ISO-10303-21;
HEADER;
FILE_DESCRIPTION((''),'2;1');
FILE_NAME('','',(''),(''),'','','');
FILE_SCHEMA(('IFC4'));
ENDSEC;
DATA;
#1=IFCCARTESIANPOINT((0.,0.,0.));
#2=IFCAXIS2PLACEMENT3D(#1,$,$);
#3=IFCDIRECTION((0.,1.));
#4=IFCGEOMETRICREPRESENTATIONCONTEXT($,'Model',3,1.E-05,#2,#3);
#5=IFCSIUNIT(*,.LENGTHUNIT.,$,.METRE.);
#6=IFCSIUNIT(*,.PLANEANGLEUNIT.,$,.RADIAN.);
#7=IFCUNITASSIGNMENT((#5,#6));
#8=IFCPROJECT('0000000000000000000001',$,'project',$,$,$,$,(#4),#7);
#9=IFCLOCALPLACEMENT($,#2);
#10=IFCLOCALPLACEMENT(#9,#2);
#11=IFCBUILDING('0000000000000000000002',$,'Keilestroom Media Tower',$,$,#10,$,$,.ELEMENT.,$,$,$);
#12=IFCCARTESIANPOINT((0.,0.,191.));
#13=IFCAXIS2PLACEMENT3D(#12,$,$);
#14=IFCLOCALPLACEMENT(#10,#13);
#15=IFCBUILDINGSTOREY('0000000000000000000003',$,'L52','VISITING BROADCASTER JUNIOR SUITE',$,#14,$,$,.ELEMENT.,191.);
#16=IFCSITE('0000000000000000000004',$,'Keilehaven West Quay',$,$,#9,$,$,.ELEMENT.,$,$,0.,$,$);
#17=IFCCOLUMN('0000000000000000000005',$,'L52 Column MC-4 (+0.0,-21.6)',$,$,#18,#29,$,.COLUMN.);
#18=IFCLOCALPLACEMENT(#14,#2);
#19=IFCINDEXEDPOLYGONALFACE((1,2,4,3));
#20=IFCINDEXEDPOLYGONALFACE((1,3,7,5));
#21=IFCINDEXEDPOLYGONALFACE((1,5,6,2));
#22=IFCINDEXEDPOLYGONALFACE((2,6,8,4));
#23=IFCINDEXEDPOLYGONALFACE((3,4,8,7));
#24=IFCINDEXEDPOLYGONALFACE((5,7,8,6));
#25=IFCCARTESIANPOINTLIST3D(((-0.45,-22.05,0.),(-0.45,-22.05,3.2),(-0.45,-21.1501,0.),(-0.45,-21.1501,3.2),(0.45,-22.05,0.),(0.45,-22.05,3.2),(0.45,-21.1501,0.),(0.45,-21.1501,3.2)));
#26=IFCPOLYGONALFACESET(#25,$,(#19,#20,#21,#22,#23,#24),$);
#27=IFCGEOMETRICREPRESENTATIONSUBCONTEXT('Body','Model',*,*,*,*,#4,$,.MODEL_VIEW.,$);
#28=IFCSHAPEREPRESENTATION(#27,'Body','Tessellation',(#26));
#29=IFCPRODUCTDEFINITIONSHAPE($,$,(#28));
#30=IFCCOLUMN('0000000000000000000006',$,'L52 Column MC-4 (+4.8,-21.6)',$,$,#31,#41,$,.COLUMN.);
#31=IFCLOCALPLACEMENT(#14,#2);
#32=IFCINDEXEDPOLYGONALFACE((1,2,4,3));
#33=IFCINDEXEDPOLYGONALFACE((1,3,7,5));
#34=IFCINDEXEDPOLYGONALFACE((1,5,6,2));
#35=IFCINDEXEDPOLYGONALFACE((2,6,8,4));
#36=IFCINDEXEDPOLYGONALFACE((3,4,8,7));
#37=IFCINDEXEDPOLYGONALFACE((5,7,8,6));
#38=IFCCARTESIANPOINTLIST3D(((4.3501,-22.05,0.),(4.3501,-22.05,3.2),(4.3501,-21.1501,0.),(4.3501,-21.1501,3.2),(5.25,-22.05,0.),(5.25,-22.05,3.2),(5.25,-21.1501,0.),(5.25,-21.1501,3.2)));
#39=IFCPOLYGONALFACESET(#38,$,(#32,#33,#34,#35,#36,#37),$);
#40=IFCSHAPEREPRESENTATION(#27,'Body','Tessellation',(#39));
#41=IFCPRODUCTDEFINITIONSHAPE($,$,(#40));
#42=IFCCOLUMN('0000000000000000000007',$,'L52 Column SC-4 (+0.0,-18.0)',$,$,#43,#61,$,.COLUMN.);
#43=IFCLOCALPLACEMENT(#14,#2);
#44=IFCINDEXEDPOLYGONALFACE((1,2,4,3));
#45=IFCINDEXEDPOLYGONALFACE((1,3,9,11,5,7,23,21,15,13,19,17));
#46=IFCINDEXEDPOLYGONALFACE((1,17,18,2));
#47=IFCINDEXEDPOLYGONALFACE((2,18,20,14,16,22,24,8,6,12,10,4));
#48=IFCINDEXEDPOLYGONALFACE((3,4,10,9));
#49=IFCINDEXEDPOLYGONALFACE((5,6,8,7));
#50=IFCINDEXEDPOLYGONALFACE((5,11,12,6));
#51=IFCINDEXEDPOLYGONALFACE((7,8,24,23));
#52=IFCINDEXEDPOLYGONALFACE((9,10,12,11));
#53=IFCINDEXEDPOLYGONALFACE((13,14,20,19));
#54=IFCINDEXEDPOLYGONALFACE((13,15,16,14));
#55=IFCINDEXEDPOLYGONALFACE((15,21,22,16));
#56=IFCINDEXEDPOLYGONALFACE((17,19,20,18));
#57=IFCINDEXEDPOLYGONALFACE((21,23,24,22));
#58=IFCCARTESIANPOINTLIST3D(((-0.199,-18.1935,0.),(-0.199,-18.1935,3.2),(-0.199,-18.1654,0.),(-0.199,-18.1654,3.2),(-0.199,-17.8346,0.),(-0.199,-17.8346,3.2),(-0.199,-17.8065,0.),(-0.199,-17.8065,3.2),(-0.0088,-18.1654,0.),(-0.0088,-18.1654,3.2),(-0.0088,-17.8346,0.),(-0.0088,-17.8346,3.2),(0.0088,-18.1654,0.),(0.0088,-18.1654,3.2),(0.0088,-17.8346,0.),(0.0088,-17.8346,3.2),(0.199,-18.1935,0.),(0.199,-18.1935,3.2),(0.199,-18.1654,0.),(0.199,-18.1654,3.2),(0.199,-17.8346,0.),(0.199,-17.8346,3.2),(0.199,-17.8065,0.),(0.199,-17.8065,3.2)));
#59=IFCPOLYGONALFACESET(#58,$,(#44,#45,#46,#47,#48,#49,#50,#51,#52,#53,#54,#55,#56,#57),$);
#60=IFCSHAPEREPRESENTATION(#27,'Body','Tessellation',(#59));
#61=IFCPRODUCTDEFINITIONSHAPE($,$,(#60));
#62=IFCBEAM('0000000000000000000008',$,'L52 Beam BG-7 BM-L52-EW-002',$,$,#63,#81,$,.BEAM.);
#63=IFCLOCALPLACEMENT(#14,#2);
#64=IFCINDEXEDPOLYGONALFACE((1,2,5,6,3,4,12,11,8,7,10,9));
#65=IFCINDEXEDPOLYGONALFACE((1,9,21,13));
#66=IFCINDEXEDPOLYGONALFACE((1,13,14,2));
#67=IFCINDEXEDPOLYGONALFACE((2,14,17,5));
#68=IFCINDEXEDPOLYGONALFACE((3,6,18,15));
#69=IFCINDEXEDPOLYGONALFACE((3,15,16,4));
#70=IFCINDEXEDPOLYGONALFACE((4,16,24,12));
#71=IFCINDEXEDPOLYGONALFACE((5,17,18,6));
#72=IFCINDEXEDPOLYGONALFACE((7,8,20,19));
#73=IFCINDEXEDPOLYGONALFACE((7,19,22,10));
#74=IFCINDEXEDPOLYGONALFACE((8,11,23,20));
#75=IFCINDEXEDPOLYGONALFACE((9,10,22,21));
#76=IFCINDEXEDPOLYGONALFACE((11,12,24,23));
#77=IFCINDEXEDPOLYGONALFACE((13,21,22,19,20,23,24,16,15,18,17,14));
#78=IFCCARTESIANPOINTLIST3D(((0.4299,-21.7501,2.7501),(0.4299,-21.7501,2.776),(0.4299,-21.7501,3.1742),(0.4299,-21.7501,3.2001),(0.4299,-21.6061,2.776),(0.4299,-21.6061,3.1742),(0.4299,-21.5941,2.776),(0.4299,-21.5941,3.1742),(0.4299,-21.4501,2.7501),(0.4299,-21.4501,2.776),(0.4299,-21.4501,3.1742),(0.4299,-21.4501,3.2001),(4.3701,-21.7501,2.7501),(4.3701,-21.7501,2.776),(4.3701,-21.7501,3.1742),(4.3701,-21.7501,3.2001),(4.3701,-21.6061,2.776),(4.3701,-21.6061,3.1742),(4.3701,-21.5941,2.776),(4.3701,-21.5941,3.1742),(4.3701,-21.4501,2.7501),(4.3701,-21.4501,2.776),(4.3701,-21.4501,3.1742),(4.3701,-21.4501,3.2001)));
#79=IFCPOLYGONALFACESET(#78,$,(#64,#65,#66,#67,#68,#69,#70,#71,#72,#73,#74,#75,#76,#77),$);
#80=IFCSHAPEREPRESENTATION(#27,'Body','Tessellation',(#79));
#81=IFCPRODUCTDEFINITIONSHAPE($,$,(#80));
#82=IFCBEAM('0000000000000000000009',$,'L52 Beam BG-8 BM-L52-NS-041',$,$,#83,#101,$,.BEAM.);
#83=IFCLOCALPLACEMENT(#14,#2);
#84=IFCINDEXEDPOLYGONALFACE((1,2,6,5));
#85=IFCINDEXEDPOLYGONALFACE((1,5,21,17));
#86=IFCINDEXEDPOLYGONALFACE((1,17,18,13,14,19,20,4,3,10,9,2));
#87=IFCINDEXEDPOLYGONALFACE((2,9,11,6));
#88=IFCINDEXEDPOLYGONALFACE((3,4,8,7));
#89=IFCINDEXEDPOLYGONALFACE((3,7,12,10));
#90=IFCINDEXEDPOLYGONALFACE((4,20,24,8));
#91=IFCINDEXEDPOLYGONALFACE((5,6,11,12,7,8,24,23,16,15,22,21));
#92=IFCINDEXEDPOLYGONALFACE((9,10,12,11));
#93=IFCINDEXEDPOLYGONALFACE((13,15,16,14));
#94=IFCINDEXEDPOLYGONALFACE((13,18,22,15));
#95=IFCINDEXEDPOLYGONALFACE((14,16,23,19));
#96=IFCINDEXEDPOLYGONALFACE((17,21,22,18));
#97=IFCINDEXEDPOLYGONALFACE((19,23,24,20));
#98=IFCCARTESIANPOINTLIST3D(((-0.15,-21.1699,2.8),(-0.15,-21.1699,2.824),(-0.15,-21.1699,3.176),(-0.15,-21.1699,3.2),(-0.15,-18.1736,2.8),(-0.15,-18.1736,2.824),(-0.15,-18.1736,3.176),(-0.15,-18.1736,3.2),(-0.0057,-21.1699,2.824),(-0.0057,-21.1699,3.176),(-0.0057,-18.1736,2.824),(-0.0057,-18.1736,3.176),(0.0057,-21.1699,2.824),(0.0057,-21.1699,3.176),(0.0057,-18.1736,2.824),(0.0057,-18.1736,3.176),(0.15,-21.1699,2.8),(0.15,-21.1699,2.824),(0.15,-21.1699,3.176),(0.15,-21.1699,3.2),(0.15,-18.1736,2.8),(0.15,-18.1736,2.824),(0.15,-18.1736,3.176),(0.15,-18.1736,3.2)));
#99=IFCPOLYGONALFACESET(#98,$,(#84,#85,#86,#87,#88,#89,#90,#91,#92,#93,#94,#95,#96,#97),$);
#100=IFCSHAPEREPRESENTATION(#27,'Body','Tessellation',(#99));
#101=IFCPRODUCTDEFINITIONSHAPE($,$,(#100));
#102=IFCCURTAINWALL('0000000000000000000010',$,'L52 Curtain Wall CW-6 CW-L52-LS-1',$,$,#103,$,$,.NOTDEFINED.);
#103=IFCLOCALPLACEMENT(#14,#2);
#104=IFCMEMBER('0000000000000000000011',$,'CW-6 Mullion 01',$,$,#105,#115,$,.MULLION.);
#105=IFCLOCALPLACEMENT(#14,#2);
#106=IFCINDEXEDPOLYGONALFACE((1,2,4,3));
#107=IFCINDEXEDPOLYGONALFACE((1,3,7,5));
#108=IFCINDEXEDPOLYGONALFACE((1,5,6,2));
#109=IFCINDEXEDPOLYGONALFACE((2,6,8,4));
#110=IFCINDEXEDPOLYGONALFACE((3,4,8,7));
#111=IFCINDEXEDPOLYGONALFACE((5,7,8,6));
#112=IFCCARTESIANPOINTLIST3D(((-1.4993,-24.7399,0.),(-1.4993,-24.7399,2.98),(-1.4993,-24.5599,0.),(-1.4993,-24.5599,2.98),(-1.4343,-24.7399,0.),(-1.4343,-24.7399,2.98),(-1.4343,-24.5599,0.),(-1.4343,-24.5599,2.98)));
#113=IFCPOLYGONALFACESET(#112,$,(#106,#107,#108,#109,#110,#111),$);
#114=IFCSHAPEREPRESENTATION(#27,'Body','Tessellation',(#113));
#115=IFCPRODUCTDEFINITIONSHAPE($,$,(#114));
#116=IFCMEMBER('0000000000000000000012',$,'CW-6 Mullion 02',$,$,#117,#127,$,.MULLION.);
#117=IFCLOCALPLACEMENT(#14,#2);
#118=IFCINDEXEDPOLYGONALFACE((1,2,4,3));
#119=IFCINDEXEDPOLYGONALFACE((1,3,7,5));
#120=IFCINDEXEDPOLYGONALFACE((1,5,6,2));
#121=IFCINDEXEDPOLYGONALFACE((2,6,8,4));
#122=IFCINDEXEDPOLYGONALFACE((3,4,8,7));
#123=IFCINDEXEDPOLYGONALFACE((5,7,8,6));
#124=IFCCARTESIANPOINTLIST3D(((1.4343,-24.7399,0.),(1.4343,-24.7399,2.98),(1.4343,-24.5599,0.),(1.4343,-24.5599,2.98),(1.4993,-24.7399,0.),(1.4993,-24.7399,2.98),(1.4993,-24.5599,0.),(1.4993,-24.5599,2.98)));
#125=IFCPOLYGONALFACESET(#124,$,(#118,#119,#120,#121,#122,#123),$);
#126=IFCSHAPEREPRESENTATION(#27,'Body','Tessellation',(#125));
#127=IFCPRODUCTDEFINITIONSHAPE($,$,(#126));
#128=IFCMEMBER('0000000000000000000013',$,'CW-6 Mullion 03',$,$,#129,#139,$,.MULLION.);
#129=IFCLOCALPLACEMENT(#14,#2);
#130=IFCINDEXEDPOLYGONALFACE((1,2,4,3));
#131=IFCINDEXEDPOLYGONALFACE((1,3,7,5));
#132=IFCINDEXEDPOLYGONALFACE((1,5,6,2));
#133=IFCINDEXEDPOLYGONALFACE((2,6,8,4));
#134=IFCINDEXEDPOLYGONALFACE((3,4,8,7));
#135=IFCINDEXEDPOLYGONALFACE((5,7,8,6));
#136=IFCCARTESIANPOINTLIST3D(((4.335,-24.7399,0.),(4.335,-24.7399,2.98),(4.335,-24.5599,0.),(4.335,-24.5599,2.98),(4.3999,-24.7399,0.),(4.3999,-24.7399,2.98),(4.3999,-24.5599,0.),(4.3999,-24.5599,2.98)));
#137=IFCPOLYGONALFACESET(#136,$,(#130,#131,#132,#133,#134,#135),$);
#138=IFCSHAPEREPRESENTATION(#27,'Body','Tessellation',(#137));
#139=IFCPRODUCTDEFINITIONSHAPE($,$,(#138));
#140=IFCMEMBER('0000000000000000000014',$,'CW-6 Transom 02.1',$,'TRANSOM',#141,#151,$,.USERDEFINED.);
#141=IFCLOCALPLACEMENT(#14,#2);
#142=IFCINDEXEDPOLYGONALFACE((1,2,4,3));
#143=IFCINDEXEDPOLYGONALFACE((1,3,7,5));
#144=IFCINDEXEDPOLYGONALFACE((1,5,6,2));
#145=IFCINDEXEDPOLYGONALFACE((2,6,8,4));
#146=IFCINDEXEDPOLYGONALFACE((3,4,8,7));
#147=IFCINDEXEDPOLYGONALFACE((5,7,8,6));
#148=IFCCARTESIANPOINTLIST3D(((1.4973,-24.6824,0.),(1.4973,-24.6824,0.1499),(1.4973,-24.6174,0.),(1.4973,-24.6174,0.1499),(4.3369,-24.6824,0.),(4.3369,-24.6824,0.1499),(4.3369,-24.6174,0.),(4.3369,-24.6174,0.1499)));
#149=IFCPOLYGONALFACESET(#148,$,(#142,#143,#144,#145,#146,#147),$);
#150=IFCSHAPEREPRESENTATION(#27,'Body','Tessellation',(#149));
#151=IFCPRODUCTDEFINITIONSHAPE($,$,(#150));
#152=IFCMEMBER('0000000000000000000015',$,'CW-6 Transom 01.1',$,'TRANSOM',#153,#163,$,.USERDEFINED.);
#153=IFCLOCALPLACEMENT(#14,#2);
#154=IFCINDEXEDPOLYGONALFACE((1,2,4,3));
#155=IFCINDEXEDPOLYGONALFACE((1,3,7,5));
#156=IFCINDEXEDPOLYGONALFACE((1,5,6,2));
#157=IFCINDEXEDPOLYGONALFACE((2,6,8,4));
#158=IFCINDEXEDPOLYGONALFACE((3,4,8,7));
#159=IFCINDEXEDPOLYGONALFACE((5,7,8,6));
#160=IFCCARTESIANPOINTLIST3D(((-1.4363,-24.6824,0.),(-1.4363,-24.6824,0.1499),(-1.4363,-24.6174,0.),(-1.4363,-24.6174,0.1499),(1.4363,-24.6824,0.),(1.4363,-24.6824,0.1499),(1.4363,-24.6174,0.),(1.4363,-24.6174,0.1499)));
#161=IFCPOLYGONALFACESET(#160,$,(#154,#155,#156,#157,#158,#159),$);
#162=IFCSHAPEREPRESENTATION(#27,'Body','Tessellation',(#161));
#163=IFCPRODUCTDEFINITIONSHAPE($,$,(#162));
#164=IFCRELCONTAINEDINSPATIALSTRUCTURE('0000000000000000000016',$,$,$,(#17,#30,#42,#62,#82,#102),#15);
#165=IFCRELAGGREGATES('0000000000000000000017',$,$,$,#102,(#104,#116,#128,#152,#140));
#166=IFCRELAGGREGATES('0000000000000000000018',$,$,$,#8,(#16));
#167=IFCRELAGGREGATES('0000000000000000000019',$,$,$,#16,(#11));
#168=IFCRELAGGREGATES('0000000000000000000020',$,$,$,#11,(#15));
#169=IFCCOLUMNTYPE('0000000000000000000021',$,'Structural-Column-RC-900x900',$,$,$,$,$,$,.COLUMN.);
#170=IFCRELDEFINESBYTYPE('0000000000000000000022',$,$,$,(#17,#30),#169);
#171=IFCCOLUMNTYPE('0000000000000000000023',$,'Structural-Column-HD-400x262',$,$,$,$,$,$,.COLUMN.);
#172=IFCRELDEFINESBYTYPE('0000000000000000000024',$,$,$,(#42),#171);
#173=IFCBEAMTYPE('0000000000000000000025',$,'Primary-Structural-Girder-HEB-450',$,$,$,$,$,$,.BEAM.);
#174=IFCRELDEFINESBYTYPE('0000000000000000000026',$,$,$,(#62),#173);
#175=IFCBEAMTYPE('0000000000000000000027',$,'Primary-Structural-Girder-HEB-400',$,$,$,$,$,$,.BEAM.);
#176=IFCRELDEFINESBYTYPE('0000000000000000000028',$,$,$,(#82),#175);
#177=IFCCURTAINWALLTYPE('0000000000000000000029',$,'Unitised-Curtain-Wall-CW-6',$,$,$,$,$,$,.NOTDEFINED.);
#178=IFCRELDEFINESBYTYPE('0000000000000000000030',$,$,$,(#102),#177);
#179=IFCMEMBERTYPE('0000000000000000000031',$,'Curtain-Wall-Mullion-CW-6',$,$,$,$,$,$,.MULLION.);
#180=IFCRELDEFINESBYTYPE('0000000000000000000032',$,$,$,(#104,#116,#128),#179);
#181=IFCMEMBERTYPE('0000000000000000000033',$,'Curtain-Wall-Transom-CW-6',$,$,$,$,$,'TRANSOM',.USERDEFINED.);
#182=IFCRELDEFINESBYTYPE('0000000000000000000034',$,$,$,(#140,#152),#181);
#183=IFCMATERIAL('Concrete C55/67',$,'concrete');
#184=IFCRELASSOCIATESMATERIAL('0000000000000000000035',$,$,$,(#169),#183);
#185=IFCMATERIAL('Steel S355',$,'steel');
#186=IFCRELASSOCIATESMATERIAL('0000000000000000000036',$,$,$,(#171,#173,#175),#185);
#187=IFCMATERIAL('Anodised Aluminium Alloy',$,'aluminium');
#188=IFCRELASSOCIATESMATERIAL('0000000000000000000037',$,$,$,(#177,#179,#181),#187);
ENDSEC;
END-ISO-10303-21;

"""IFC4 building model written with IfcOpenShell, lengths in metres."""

from ifc_helpers import new_model, si_unit, direction, frame, origin, origin_2d, place, context, subcontext, project, spatial, rectangle, i_section, extrude, source, transform, mapped, material, material_profile, profile_set, type_object, element, aggregate, save


model = new_model("IFC4")

# Units and contexts
model_context = context("Model", 3, precision=1e-05, world=origin(), true_north=direction((0.0, 1.0)))
body_context = subcontext(model_context, "Body", "Model", "MODEL_VIEW")
ifc_project = project(units=[si_unit("LENGTHUNIT", "METRE"), si_unit("PLANEANGLEUNIT", "RADIAN")], contexts=[model_context])

# Site, building, storey
site_placement = place(None, origin())
site = spatial("IfcSite", under=ifc_project, at=site_placement, Name="Keilehaven West Quay", CompositionType="ELEMENT", RefElevation=0.0)
building_placement = place(site_placement, origin())
building = spatial("IfcBuilding", under=site, at=building_placement, Name="Keilestroom Media Tower", CompositionType="ELEMENT")
storey_placement = place(building_placement, frame((0.0, 0.0, 191.0)))
storey = spatial("IfcBuildingStorey", under=building, at=storey_placement, Name="L52", Description="VISITING BROADCASTER JUNIOR SUITE", CompositionType="ELEMENT", Elevation=191.0)

# Columns
ifc_material_1 = material(Name="Concrete C55/67", Category="concrete")
ifc_material_profile_1 = material_profile(ifc_material_1, rectangle(XDim=0.8999, YDim=0.8999, at=origin_2d()), Name="RC 900x900")
ifc_profile_set_1 = profile_set([ifc_material_profile_1], Name="Concrete C55/67")
column_type_1 = type_object("IfcColumnType", Name="Structural-Column-RC-900x900", PredefinedType="COLUMN", material=ifc_profile_set_1)
shared_shape_1 = source(origin(), body_context, "Body", "SweptSolid", [
    extrude(rectangle(XDim=0.8999, YDim=0.8999, at=origin_2d()), origin(), (0.0, 0.0, 1.0), 3.2),
])
for number, where, z_axis, x_axis, name in (
    (1, (0.0, -21.6001, 0.0), (0.0, 0.0, 1.0), (1.0, 0.0, 0.0), "L52 Column MC-4 (+0.0,-21.6)"),
    (2, (4.8, -21.6001, 0.0), (0.0, 0.0, 1.0), (1.0, 0.0, 0.0), "L52 Column MC-4 (+4.8,-21.6)"),
):
    element("IfcColumn", number, at=place(storey_placement, frame(where, z_axis=z_axis, x_axis=x_axis)), inside=storey, type_object=column_type_1, Name=name, PredefinedType="COLUMN", context=body_context, shape_type="MappedRepresentation", body=[
        mapped(shared_shape_1, transform((0.0, 0.0, 0.0), x_axis=(1.0, 0.0, 0.0), y_axis=(0.0, 1.0, 0.0), z_axis=(0.0, 0.0, 1.0), scale=1.0)),
    ])
ifc_material_2 = material(Name="Steel S355", Category="steel")
ifc_material_profile_2 = material_profile(ifc_material_2, i_section(OverallWidth=0.3979, OverallDepth=0.387, WebThickness=0.0176, FlangeThickness=0.0281, at=origin_2d()), Name="HD 400x262")
ifc_profile_set_2 = profile_set([ifc_material_profile_2], Name="Steel S355")
column_type_2 = type_object("IfcColumnType", Name="Structural-Column-HD-400x262", PredefinedType="COLUMN", material=ifc_profile_set_2)
shared_shape_2 = source(origin(), body_context, "Body", "SweptSolid", [
    extrude(i_section(OverallWidth=0.3979, OverallDepth=0.387, WebThickness=0.0176, FlangeThickness=0.0281, at=origin_2d()), origin(), (0.0, 0.0, 1.0), 3.2),
])
column_placement = place(storey_placement, frame((0.0, -18.0, 0.0), z_axis=(0.0, 0.0, 1.0), x_axis=(1.0, 0.0, 0.0)))
element("IfcColumn", 3, at=column_placement, inside=storey, type_object=column_type_2, Name="L52 Column SC-4 (+0.0,-18.0)", PredefinedType="COLUMN", context=body_context, shape_type="MappedRepresentation", body=[
    mapped(shared_shape_2, transform((0.0, 0.0, 0.0), x_axis=(1.0, 0.0, 0.0), y_axis=(0.0, 1.0, 0.0), z_axis=(0.0, 0.0, 1.0), scale=1.0)),
])

# Beams
ifc_material_profile_3 = material_profile(ifc_material_2, i_section(OverallWidth=0.3, OverallDepth=0.45, WebThickness=0.012, FlangeThickness=0.0259, at=origin_2d()), Name="HEB 450")
ifc_profile_set_3 = profile_set([ifc_material_profile_3], Name="Steel S355")
beam_type_1 = type_object("IfcBeamType", Name="Primary-Structural-Girder-HEB-450", PredefinedType="BEAM", material=ifc_profile_set_3)
shared_shape_3 = source(origin(), body_context, "Body", "SweptSolid", [
    extrude(i_section(OverallWidth=0.3, OverallDepth=0.45, WebThickness=0.012, FlangeThickness=0.0259, at=origin_2d()), origin(), (0.0, 0.0, 1.0), 3.9402),
])
beam_1_placement = place(storey_placement, frame((0.4299, -21.6001, 2.9751), z_axis=(1.0, 0.0, 0.0), x_axis=(0.0, 1.0, 0.0)))
element("IfcBeam", 4, at=beam_1_placement, inside=storey, type_object=beam_type_1, Name="L52 Beam BG-7 BM-L52-EW-002", PredefinedType="BEAM", context=body_context, shape_type="MappedRepresentation", body=[
    mapped(shared_shape_3, transform((0.0, 0.0, 0.0), x_axis=(1.0, 0.0, 0.0), y_axis=(0.0, 1.0, 0.0), z_axis=(0.0, 0.0, 1.0), scale=1.0)),
])
ifc_material_profile_4 = material_profile(ifc_material_2, i_section(OverallWidth=0.3, OverallDepth=0.3999, WebThickness=0.0115, FlangeThickness=0.0239, at=origin_2d()), Name="HEB 400")
ifc_profile_set_4 = profile_set([ifc_material_profile_4], Name="Steel S355")
beam_type_2 = type_object("IfcBeamType", Name="Primary-Structural-Girder-HEB-400", PredefinedType="BEAM", material=ifc_profile_set_4)
shared_shape_4 = source(origin(), body_context, "Body", "SweptSolid", [
    extrude(i_section(OverallWidth=0.3, OverallDepth=0.3999, WebThickness=0.0115, FlangeThickness=0.0239, at=origin_2d()), origin(), (0.0, 0.0, 1.0), 2.9963),
])
beam_2_placement = place(storey_placement, frame((0.0, -21.1699, 3.0), z_axis=(0.0, 1.0, 0.0), x_axis=(-1.0, 0.0, 0.0)))
element("IfcBeam", 5, at=beam_2_placement, inside=storey, type_object=beam_type_2, Name="L52 Beam BG-8 BM-L52-NS-041", PredefinedType="BEAM", context=body_context, shape_type="MappedRepresentation", body=[
    mapped(shared_shape_4, transform((0.0, 0.0, 0.0), x_axis=(1.0, 0.0, 0.0), y_axis=(0.0, 1.0, 0.0), z_axis=(0.0, 0.0, 1.0), scale=1.0)),
])

# Curtain wall, members
ifc_material_3 = material(Name="Anodised Aluminium Alloy", Category="aluminium")
curtain_wall_type = type_object("IfcCurtainWallType", Name="Unitised-Curtain-Wall-CW-6", PredefinedType="NOTDEFINED", material=ifc_material_3)
curtain_wall_placement = place(storey_placement, origin())
curtain_wall = element("IfcCurtainWall", 6, at=curtain_wall_placement, inside=storey, type_object=curtain_wall_type, Name="L52 Curtain Wall CW-6 CW-L52-LS-1", PredefinedType="NOTDEFINED")
ifc_material_profile_5 = material_profile(ifc_material_3, rectangle(XDim=0.0649, YDim=0.1799, at=origin_2d()), Name="ALU MULLION 65x180")
ifc_profile_set_5 = profile_set([ifc_material_profile_5], Name="Anodised Aluminium Alloy")
member_type_1 = type_object("IfcMemberType", Name="Curtain-Wall-Mullion-CW-6", PredefinedType="MULLION", material=ifc_profile_set_5)
shared_shape_5 = source(origin(), body_context, "Body", "SweptSolid", [
    extrude(rectangle(XDim=0.0649, YDim=0.1799, at=origin_2d()), origin(), (0.0, 0.0, 1.0), 2.98),
])
member_1_placement = place(storey_placement, frame((-1.4668, -24.6499, 0.0), z_axis=(0.0, 0.0, 1.0), x_axis=(1.0, 0.0, 0.0)))
member_1 = element("IfcMember", 7, at=member_1_placement, type_object=member_type_1, Name="CW-6 Mullion 01", PredefinedType="MULLION", context=body_context, shape_type="MappedRepresentation", body=[
    mapped(shared_shape_5, transform((0.0, 0.0, 0.0), x_axis=(1.0, 0.0, 0.0), y_axis=(0.0, 1.0, 0.0), z_axis=(0.0, 0.0, 1.0), scale=1.0)),
])
member_2_placement = place(storey_placement, frame((1.4668, -24.6499, 0.0), z_axis=(0.0, 0.0, 1.0), x_axis=(1.0, 0.0, 0.0)))
member_2 = element("IfcMember", 8, at=member_2_placement, type_object=member_type_1, Name="CW-6 Mullion 02", PredefinedType="MULLION", context=body_context, shape_type="MappedRepresentation", body=[
    mapped(shared_shape_5, transform((0.0, 0.0, 0.0), x_axis=(1.0, 0.0, 0.0), y_axis=(0.0, 1.0, 0.0), z_axis=(0.0, 0.0, 1.0), scale=1.0)),
])
member_3_placement = place(storey_placement, frame((4.3674, -24.6499, 0.0), z_axis=(0.0, 0.0, 1.0), x_axis=(1.0, 0.0, 0.0)))
member_3 = element("IfcMember", 9, at=member_3_placement, type_object=member_type_1, Name="CW-6 Mullion 03", PredefinedType="MULLION", context=body_context, shape_type="MappedRepresentation", body=[
    mapped(shared_shape_5, transform((0.0, 0.0, 0.0), x_axis=(1.0, 0.0, 0.0), y_axis=(0.0, 1.0, 0.0), z_axis=(0.0, 0.0, 1.0), scale=1.0)),
])
ifc_material_profile_6 = material_profile(ifc_material_3, rectangle(XDim=0.0649, YDim=0.1499, at=origin_2d()), Name="ALU TRANSOM 65x150")
ifc_profile_set_6 = profile_set([ifc_material_profile_6], Name="Anodised Aluminium Alloy")
member_type_2 = type_object("IfcMemberType", Name="Curtain-Wall-Transom-CW-6", ElementType="TRANSOM", PredefinedType="USERDEFINED", material=ifc_profile_set_6)
shared_shape_6 = source(origin(), body_context, "Body", "SweptSolid", [
    extrude(rectangle(XDim=0.0649, YDim=0.1499, at=origin_2d()), origin(), (0.0, 0.0, 1.0), 2.8396),
])
member_4_placement = place(storey_placement, frame((1.4973, -24.6499, 0.075), z_axis=(1.0, 0.0, 0.0), x_axis=(0.0, 1.0, 0.0)))
member_4 = element("IfcMember", 10, at=member_4_placement, type_object=member_type_2, Name="CW-6 Transom 02.1", ObjectType="TRANSOM", PredefinedType="USERDEFINED", context=body_context, shape_type="MappedRepresentation", body=[
    mapped(shared_shape_6, transform((0.0, 0.0, 0.0), x_axis=(1.0, 0.0, 0.0), y_axis=(0.0, 1.0, 0.0), z_axis=(0.0, 0.0, 1.0), scale=1.0)),
])
shared_shape_7 = source(origin(), body_context, "Body", "SweptSolid", [
    extrude(rectangle(XDim=0.0649, YDim=0.1499, at=origin_2d()), origin(), (0.0, 0.0, 1.0), 2.8726),
])
member_5_placement = place(storey_placement, frame((-1.4363, -24.6499, 0.075), z_axis=(1.0, 0.0, 0.0), x_axis=(0.0, 1.0, 0.0)))
member_5 = element("IfcMember", 11, at=member_5_placement, type_object=member_type_2, Name="CW-6 Transom 01.1", ObjectType="TRANSOM", PredefinedType="USERDEFINED", context=body_context, shape_type="MappedRepresentation", body=[
    mapped(shared_shape_7, transform((0.0, 0.0, 0.0), x_axis=(1.0, 0.0, 0.0), y_axis=(0.0, 1.0, 0.0), z_axis=(0.0, 0.0, 1.0), scale=1.0)),
])
aggregate(curtain_wall, [member_1, member_2, member_3, member_5, member_4])

save(model, "model.ifc")
